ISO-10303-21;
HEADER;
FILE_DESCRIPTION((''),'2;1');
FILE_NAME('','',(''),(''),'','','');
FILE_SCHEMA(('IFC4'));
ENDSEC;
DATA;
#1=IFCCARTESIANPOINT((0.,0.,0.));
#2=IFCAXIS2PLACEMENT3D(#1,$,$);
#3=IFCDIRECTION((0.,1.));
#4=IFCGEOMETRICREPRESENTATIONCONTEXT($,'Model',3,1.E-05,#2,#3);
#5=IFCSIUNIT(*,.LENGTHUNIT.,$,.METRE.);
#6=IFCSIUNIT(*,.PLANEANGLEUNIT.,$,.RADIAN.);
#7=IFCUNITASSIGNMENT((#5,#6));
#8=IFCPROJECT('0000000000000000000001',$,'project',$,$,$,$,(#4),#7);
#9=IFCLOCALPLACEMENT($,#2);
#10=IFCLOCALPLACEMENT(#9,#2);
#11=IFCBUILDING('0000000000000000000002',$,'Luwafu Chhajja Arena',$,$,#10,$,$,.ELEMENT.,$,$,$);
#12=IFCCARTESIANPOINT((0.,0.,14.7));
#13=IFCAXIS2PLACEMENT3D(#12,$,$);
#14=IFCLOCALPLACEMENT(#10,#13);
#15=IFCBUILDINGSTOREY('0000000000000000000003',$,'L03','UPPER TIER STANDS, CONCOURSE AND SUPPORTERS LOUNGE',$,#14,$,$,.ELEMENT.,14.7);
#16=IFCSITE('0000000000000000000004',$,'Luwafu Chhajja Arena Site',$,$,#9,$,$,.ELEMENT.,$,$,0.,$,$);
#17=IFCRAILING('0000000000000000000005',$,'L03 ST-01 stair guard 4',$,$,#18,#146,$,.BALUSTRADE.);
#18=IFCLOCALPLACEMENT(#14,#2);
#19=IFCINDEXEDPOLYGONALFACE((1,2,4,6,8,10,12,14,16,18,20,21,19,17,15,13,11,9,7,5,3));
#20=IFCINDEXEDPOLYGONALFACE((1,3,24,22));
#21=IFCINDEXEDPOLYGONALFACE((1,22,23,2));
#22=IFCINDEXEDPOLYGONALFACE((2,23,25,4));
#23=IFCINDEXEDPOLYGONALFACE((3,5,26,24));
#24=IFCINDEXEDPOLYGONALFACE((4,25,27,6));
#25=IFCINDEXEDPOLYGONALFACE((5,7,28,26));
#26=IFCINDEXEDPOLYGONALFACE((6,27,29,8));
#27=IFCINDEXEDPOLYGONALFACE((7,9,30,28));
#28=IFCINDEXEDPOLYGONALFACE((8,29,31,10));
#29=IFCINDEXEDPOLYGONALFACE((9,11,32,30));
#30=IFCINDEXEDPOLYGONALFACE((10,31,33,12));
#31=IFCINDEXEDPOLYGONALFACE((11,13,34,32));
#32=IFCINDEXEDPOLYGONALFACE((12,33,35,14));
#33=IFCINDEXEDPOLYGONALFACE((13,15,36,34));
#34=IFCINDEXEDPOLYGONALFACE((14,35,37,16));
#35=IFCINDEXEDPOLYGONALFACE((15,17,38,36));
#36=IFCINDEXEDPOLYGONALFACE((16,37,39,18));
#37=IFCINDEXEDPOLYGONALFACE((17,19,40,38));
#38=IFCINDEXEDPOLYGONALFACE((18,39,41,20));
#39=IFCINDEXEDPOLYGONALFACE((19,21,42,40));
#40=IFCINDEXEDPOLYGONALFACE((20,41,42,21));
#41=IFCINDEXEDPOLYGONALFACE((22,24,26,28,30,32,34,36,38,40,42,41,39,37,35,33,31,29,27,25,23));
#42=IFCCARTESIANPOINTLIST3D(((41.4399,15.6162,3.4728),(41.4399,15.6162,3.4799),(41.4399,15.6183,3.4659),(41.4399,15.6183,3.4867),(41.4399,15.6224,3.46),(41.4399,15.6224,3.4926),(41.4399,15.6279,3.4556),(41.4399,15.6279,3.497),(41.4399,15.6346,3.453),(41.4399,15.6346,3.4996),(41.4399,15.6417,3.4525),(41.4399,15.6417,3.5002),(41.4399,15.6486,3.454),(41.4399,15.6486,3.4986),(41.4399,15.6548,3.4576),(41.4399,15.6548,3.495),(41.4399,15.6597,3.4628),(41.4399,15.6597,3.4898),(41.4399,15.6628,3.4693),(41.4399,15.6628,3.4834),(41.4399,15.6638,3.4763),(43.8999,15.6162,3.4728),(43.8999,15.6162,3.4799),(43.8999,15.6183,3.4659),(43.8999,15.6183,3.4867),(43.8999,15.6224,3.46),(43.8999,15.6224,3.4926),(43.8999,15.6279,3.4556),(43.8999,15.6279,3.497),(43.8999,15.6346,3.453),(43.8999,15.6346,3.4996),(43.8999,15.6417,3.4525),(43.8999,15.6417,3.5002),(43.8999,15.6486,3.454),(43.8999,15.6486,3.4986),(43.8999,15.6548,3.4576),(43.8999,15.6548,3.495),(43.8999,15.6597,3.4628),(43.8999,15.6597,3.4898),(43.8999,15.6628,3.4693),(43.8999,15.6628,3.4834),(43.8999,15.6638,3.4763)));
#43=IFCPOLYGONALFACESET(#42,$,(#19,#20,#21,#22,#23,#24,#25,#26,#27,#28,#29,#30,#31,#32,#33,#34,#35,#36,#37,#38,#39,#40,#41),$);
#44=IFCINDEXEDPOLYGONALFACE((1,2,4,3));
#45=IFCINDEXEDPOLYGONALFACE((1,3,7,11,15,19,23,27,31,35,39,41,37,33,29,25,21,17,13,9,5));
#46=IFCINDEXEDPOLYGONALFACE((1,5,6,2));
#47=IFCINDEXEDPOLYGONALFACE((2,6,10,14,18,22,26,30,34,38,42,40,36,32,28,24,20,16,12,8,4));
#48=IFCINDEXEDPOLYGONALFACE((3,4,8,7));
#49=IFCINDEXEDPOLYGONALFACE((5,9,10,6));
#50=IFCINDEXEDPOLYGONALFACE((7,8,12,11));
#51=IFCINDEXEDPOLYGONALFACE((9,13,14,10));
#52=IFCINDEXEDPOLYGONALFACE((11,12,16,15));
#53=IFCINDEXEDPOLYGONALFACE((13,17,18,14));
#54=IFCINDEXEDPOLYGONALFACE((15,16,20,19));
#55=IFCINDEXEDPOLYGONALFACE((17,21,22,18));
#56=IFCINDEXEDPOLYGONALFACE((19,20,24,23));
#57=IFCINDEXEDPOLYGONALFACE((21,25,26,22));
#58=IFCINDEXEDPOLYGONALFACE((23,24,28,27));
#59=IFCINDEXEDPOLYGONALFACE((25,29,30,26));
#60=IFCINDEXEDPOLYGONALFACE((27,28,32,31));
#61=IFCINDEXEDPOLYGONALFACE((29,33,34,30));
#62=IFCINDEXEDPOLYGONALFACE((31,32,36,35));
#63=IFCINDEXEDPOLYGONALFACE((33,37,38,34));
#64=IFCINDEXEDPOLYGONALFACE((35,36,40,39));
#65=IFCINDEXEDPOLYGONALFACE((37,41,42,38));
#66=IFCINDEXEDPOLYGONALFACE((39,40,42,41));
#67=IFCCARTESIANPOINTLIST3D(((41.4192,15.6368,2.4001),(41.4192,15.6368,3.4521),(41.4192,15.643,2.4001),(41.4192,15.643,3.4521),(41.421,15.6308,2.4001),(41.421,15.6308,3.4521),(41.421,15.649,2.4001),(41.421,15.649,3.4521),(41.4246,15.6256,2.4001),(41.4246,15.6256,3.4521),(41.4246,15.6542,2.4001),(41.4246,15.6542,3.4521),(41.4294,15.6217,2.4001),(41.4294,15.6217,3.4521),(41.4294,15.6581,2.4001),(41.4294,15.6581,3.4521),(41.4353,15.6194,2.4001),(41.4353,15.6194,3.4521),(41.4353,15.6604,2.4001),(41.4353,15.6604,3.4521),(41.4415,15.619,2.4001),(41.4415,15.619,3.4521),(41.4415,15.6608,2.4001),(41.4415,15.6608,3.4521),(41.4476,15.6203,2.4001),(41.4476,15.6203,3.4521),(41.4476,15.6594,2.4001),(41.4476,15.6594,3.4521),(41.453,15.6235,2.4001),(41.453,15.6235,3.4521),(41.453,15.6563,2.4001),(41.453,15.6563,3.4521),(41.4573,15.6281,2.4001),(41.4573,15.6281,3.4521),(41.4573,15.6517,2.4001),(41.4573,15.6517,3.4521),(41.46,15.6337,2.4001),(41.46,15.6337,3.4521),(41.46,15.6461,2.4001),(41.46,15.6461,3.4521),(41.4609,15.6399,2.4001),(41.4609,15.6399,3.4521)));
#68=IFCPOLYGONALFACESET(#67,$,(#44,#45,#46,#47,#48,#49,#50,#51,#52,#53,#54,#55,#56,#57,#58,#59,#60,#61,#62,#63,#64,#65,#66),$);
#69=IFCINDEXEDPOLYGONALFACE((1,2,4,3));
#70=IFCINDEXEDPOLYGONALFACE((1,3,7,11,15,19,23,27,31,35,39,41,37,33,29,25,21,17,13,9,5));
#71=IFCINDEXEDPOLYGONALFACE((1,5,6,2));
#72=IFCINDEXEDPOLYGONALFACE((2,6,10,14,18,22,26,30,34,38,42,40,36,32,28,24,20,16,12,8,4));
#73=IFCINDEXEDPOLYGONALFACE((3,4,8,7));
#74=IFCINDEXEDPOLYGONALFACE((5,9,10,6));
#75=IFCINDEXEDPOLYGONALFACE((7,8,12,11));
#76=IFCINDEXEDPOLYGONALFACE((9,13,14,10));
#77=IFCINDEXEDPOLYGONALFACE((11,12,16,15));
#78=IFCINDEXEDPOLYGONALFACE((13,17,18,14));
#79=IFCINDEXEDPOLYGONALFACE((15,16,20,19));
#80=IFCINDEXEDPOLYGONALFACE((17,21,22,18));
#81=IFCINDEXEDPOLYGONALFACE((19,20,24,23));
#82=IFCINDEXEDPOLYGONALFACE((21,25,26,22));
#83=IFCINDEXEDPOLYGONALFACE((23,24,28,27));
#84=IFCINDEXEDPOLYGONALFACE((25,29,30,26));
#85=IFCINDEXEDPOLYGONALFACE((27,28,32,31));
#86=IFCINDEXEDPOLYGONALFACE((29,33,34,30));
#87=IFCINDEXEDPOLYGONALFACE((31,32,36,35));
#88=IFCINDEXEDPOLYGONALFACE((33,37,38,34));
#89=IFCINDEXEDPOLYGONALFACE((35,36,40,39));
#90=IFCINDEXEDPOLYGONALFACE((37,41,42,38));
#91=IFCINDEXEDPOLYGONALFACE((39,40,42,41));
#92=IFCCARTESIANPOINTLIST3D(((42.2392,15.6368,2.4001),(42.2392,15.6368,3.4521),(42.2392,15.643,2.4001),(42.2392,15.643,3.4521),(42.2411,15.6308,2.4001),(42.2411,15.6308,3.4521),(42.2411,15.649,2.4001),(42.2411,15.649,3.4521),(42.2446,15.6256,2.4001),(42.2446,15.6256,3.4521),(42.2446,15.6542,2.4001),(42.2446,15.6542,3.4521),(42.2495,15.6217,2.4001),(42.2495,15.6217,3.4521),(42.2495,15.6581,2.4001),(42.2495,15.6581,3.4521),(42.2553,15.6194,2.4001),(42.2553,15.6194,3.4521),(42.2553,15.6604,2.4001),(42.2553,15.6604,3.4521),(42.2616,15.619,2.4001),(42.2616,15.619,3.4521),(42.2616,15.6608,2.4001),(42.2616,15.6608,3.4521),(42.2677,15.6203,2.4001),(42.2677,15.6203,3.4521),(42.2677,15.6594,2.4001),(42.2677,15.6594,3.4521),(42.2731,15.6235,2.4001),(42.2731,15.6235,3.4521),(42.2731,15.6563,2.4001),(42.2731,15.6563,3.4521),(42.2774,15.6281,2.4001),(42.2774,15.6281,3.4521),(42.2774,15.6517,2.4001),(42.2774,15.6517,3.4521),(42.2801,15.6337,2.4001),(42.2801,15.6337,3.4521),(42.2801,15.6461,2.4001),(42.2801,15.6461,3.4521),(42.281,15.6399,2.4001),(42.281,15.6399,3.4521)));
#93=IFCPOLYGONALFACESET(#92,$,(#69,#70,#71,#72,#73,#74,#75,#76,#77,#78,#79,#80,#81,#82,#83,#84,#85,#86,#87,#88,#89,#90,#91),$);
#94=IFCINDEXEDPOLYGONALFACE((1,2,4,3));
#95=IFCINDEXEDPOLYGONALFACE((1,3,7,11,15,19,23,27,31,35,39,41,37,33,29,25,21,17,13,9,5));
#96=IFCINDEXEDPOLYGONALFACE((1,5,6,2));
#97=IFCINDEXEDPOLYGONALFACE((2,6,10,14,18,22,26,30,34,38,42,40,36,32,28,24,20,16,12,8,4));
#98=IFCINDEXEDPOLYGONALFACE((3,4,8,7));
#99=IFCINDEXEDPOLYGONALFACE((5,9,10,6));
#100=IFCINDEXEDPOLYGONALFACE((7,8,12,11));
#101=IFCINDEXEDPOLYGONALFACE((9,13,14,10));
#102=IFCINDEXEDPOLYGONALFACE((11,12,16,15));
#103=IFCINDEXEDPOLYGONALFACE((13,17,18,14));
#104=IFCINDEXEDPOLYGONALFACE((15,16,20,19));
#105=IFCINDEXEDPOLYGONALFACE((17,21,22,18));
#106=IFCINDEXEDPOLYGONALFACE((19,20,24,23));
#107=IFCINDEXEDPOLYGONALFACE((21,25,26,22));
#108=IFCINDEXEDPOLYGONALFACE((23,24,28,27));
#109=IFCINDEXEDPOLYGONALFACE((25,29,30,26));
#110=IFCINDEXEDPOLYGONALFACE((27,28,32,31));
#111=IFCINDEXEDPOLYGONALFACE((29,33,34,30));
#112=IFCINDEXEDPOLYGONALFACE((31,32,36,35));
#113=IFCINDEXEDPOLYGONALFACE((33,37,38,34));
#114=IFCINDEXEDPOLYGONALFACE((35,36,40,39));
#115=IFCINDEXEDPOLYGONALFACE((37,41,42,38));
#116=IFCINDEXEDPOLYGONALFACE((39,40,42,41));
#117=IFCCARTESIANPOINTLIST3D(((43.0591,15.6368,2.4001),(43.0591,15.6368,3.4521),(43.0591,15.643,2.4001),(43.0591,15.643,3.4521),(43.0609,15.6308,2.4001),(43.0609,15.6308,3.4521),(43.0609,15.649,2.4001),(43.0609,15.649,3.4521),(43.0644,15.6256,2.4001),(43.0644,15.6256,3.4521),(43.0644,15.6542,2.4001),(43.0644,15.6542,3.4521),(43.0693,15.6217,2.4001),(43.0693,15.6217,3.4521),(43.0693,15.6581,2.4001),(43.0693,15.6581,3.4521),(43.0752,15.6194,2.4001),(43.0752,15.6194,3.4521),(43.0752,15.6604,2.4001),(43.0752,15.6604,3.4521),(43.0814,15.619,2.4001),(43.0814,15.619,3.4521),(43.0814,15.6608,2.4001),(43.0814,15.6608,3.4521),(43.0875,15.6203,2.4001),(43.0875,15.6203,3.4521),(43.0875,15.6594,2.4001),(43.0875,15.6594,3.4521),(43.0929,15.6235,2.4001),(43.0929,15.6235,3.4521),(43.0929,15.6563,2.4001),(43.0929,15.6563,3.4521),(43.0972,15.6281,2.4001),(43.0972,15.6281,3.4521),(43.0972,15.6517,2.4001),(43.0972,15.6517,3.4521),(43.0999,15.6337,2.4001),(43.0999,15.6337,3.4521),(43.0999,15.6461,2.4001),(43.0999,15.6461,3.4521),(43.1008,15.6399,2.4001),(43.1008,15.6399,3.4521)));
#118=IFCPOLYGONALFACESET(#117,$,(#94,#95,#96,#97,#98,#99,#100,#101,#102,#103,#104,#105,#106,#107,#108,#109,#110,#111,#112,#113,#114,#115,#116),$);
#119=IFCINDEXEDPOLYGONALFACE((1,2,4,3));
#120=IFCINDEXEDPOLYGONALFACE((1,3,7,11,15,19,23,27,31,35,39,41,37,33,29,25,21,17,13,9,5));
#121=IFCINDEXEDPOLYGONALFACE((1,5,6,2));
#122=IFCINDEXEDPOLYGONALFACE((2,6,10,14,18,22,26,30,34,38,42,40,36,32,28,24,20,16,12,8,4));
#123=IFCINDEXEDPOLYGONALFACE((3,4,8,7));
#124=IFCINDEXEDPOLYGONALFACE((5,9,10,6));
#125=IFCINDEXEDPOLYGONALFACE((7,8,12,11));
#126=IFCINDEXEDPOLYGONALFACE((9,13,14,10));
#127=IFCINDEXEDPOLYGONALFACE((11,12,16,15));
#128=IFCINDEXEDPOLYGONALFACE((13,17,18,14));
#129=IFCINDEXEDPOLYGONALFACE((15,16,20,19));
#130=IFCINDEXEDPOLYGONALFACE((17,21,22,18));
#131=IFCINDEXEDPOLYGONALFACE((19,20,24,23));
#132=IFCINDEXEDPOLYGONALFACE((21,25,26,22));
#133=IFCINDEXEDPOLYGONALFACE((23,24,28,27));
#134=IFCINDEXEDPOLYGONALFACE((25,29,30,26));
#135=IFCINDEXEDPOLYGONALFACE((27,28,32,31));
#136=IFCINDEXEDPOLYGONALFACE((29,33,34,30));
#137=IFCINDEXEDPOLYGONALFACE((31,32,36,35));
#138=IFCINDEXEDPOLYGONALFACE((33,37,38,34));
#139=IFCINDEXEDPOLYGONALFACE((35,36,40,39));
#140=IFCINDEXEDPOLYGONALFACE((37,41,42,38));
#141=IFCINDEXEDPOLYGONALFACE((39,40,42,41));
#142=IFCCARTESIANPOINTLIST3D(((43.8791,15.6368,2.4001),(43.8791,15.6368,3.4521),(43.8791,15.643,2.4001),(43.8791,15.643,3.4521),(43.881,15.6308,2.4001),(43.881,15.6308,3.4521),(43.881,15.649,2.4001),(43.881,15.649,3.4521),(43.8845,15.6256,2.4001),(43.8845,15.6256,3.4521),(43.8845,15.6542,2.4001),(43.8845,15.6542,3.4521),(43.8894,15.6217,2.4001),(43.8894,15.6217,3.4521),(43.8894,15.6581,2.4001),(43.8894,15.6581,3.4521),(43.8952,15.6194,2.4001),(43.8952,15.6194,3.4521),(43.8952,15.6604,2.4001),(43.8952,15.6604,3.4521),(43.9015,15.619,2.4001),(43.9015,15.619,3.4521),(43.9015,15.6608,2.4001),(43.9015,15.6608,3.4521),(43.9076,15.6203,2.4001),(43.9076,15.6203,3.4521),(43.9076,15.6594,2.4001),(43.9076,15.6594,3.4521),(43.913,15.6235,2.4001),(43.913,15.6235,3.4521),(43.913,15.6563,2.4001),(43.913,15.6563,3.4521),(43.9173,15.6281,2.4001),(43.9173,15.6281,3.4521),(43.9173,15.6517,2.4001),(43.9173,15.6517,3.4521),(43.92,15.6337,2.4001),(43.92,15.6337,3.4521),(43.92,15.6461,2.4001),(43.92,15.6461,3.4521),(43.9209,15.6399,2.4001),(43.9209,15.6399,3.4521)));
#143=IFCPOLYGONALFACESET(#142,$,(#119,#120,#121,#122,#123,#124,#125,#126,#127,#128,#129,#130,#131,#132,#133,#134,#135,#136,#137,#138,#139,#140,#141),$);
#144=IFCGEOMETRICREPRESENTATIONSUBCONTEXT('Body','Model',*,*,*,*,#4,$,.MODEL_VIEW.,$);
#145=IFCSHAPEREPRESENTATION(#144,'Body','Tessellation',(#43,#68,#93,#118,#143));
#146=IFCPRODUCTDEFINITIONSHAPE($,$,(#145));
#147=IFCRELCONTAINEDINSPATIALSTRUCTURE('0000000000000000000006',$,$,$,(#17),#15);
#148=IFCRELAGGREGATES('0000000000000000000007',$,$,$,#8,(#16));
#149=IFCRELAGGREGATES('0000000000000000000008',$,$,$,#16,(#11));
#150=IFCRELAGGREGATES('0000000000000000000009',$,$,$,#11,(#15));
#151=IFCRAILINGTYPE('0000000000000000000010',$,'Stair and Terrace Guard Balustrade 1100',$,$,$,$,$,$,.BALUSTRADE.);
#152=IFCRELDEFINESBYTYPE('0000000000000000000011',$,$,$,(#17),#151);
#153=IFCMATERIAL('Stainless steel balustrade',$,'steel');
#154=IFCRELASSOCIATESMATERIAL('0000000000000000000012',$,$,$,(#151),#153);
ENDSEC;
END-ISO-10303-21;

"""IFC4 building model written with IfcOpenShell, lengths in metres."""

from ifc_helpers import new_model, si_unit, direction, frame, origin, origin_2d, place, context, subcontext, project, spatial, circle, extrude, material, type_object, element, save


model = new_model("IFC4")

# Units and contexts
model_context = context("Model", 3, precision=1e-05, world=origin(), true_north=direction((0.0, 1.0)))
body_context = subcontext(model_context, "Body", "Model", "MODEL_VIEW")
ifc_project = project(units=[si_unit("LENGTHUNIT", "METRE"), si_unit("PLANEANGLEUNIT", "RADIAN")], contexts=[model_context])

# Site, building, storey
site_placement = place(None, origin())
site = spatial("IfcSite", under=ifc_project, at=site_placement, Name="Luwafu Chhajja Arena Site", CompositionType="ELEMENT", RefElevation=0.0)
building_placement = place(site_placement, origin())
building = spatial("IfcBuilding", under=site, at=building_placement, Name="Luwafu Chhajja Arena", CompositionType="ELEMENT")
storey_placement = place(building_placement, frame((0.0, 0.0, 14.7)))
storey = spatial("IfcBuildingStorey", under=building, at=storey_placement, Name="L03", Description="UPPER TIER STANDS, CONCOURSE AND SUPPORTERS LOUNGE", CompositionType="ELEMENT", Elevation=14.7)

# Railing
ifc_material_1 = material(Name="Stainless steel balustrade", Category="steel")
railing_type_1 = type_object("IfcRailingType", Name="Stair and Terrace Guard Balustrade 1100", PredefinedType="BALUSTRADE", material=ifc_material_1)
for number, where, name in (
    (1, (41.4399, 15.6399, 2.4001), "L03 ST-01 stair guard 4"),
):
    element("IfcRailing", number, at=place(storey_placement, frame(where)), inside=storey, type_object=railing_type_1, Name=name, PredefinedType="BALUSTRADE", context=body_context, shape_type="SweptSolid", body=[
        extrude(circle(Radius=0.0239, at=origin_2d()), frame((0.0, 0.0, 1.0762), z_axis=(1.0, 0.0, 0.0), x_axis=(0.0, 1.0, 0.0)), (0.0, 0.0, 1.0), 2.46),
        extrude(circle(Radius=0.021, at=origin_2d()), origin(), (0.0, 0.0, 1.0), 1.052),
        extrude(circle(Radius=0.021, at=origin_2d()), frame((0.8201, 0.0, 0.0)), (0.0, 0.0, 1.0), 1.052),
        extrude(circle(Radius=0.021, at=origin_2d()), frame((1.6399, 0.0, 0.0)), (0.0, 0.0, 1.0), 1.052),
        extrude(circle(Radius=0.021, at=origin_2d()), frame((2.46, 0.0, 0.0)), (0.0, 0.0, 1.0), 1.052),
    ])

save(model, "model.ifc")
